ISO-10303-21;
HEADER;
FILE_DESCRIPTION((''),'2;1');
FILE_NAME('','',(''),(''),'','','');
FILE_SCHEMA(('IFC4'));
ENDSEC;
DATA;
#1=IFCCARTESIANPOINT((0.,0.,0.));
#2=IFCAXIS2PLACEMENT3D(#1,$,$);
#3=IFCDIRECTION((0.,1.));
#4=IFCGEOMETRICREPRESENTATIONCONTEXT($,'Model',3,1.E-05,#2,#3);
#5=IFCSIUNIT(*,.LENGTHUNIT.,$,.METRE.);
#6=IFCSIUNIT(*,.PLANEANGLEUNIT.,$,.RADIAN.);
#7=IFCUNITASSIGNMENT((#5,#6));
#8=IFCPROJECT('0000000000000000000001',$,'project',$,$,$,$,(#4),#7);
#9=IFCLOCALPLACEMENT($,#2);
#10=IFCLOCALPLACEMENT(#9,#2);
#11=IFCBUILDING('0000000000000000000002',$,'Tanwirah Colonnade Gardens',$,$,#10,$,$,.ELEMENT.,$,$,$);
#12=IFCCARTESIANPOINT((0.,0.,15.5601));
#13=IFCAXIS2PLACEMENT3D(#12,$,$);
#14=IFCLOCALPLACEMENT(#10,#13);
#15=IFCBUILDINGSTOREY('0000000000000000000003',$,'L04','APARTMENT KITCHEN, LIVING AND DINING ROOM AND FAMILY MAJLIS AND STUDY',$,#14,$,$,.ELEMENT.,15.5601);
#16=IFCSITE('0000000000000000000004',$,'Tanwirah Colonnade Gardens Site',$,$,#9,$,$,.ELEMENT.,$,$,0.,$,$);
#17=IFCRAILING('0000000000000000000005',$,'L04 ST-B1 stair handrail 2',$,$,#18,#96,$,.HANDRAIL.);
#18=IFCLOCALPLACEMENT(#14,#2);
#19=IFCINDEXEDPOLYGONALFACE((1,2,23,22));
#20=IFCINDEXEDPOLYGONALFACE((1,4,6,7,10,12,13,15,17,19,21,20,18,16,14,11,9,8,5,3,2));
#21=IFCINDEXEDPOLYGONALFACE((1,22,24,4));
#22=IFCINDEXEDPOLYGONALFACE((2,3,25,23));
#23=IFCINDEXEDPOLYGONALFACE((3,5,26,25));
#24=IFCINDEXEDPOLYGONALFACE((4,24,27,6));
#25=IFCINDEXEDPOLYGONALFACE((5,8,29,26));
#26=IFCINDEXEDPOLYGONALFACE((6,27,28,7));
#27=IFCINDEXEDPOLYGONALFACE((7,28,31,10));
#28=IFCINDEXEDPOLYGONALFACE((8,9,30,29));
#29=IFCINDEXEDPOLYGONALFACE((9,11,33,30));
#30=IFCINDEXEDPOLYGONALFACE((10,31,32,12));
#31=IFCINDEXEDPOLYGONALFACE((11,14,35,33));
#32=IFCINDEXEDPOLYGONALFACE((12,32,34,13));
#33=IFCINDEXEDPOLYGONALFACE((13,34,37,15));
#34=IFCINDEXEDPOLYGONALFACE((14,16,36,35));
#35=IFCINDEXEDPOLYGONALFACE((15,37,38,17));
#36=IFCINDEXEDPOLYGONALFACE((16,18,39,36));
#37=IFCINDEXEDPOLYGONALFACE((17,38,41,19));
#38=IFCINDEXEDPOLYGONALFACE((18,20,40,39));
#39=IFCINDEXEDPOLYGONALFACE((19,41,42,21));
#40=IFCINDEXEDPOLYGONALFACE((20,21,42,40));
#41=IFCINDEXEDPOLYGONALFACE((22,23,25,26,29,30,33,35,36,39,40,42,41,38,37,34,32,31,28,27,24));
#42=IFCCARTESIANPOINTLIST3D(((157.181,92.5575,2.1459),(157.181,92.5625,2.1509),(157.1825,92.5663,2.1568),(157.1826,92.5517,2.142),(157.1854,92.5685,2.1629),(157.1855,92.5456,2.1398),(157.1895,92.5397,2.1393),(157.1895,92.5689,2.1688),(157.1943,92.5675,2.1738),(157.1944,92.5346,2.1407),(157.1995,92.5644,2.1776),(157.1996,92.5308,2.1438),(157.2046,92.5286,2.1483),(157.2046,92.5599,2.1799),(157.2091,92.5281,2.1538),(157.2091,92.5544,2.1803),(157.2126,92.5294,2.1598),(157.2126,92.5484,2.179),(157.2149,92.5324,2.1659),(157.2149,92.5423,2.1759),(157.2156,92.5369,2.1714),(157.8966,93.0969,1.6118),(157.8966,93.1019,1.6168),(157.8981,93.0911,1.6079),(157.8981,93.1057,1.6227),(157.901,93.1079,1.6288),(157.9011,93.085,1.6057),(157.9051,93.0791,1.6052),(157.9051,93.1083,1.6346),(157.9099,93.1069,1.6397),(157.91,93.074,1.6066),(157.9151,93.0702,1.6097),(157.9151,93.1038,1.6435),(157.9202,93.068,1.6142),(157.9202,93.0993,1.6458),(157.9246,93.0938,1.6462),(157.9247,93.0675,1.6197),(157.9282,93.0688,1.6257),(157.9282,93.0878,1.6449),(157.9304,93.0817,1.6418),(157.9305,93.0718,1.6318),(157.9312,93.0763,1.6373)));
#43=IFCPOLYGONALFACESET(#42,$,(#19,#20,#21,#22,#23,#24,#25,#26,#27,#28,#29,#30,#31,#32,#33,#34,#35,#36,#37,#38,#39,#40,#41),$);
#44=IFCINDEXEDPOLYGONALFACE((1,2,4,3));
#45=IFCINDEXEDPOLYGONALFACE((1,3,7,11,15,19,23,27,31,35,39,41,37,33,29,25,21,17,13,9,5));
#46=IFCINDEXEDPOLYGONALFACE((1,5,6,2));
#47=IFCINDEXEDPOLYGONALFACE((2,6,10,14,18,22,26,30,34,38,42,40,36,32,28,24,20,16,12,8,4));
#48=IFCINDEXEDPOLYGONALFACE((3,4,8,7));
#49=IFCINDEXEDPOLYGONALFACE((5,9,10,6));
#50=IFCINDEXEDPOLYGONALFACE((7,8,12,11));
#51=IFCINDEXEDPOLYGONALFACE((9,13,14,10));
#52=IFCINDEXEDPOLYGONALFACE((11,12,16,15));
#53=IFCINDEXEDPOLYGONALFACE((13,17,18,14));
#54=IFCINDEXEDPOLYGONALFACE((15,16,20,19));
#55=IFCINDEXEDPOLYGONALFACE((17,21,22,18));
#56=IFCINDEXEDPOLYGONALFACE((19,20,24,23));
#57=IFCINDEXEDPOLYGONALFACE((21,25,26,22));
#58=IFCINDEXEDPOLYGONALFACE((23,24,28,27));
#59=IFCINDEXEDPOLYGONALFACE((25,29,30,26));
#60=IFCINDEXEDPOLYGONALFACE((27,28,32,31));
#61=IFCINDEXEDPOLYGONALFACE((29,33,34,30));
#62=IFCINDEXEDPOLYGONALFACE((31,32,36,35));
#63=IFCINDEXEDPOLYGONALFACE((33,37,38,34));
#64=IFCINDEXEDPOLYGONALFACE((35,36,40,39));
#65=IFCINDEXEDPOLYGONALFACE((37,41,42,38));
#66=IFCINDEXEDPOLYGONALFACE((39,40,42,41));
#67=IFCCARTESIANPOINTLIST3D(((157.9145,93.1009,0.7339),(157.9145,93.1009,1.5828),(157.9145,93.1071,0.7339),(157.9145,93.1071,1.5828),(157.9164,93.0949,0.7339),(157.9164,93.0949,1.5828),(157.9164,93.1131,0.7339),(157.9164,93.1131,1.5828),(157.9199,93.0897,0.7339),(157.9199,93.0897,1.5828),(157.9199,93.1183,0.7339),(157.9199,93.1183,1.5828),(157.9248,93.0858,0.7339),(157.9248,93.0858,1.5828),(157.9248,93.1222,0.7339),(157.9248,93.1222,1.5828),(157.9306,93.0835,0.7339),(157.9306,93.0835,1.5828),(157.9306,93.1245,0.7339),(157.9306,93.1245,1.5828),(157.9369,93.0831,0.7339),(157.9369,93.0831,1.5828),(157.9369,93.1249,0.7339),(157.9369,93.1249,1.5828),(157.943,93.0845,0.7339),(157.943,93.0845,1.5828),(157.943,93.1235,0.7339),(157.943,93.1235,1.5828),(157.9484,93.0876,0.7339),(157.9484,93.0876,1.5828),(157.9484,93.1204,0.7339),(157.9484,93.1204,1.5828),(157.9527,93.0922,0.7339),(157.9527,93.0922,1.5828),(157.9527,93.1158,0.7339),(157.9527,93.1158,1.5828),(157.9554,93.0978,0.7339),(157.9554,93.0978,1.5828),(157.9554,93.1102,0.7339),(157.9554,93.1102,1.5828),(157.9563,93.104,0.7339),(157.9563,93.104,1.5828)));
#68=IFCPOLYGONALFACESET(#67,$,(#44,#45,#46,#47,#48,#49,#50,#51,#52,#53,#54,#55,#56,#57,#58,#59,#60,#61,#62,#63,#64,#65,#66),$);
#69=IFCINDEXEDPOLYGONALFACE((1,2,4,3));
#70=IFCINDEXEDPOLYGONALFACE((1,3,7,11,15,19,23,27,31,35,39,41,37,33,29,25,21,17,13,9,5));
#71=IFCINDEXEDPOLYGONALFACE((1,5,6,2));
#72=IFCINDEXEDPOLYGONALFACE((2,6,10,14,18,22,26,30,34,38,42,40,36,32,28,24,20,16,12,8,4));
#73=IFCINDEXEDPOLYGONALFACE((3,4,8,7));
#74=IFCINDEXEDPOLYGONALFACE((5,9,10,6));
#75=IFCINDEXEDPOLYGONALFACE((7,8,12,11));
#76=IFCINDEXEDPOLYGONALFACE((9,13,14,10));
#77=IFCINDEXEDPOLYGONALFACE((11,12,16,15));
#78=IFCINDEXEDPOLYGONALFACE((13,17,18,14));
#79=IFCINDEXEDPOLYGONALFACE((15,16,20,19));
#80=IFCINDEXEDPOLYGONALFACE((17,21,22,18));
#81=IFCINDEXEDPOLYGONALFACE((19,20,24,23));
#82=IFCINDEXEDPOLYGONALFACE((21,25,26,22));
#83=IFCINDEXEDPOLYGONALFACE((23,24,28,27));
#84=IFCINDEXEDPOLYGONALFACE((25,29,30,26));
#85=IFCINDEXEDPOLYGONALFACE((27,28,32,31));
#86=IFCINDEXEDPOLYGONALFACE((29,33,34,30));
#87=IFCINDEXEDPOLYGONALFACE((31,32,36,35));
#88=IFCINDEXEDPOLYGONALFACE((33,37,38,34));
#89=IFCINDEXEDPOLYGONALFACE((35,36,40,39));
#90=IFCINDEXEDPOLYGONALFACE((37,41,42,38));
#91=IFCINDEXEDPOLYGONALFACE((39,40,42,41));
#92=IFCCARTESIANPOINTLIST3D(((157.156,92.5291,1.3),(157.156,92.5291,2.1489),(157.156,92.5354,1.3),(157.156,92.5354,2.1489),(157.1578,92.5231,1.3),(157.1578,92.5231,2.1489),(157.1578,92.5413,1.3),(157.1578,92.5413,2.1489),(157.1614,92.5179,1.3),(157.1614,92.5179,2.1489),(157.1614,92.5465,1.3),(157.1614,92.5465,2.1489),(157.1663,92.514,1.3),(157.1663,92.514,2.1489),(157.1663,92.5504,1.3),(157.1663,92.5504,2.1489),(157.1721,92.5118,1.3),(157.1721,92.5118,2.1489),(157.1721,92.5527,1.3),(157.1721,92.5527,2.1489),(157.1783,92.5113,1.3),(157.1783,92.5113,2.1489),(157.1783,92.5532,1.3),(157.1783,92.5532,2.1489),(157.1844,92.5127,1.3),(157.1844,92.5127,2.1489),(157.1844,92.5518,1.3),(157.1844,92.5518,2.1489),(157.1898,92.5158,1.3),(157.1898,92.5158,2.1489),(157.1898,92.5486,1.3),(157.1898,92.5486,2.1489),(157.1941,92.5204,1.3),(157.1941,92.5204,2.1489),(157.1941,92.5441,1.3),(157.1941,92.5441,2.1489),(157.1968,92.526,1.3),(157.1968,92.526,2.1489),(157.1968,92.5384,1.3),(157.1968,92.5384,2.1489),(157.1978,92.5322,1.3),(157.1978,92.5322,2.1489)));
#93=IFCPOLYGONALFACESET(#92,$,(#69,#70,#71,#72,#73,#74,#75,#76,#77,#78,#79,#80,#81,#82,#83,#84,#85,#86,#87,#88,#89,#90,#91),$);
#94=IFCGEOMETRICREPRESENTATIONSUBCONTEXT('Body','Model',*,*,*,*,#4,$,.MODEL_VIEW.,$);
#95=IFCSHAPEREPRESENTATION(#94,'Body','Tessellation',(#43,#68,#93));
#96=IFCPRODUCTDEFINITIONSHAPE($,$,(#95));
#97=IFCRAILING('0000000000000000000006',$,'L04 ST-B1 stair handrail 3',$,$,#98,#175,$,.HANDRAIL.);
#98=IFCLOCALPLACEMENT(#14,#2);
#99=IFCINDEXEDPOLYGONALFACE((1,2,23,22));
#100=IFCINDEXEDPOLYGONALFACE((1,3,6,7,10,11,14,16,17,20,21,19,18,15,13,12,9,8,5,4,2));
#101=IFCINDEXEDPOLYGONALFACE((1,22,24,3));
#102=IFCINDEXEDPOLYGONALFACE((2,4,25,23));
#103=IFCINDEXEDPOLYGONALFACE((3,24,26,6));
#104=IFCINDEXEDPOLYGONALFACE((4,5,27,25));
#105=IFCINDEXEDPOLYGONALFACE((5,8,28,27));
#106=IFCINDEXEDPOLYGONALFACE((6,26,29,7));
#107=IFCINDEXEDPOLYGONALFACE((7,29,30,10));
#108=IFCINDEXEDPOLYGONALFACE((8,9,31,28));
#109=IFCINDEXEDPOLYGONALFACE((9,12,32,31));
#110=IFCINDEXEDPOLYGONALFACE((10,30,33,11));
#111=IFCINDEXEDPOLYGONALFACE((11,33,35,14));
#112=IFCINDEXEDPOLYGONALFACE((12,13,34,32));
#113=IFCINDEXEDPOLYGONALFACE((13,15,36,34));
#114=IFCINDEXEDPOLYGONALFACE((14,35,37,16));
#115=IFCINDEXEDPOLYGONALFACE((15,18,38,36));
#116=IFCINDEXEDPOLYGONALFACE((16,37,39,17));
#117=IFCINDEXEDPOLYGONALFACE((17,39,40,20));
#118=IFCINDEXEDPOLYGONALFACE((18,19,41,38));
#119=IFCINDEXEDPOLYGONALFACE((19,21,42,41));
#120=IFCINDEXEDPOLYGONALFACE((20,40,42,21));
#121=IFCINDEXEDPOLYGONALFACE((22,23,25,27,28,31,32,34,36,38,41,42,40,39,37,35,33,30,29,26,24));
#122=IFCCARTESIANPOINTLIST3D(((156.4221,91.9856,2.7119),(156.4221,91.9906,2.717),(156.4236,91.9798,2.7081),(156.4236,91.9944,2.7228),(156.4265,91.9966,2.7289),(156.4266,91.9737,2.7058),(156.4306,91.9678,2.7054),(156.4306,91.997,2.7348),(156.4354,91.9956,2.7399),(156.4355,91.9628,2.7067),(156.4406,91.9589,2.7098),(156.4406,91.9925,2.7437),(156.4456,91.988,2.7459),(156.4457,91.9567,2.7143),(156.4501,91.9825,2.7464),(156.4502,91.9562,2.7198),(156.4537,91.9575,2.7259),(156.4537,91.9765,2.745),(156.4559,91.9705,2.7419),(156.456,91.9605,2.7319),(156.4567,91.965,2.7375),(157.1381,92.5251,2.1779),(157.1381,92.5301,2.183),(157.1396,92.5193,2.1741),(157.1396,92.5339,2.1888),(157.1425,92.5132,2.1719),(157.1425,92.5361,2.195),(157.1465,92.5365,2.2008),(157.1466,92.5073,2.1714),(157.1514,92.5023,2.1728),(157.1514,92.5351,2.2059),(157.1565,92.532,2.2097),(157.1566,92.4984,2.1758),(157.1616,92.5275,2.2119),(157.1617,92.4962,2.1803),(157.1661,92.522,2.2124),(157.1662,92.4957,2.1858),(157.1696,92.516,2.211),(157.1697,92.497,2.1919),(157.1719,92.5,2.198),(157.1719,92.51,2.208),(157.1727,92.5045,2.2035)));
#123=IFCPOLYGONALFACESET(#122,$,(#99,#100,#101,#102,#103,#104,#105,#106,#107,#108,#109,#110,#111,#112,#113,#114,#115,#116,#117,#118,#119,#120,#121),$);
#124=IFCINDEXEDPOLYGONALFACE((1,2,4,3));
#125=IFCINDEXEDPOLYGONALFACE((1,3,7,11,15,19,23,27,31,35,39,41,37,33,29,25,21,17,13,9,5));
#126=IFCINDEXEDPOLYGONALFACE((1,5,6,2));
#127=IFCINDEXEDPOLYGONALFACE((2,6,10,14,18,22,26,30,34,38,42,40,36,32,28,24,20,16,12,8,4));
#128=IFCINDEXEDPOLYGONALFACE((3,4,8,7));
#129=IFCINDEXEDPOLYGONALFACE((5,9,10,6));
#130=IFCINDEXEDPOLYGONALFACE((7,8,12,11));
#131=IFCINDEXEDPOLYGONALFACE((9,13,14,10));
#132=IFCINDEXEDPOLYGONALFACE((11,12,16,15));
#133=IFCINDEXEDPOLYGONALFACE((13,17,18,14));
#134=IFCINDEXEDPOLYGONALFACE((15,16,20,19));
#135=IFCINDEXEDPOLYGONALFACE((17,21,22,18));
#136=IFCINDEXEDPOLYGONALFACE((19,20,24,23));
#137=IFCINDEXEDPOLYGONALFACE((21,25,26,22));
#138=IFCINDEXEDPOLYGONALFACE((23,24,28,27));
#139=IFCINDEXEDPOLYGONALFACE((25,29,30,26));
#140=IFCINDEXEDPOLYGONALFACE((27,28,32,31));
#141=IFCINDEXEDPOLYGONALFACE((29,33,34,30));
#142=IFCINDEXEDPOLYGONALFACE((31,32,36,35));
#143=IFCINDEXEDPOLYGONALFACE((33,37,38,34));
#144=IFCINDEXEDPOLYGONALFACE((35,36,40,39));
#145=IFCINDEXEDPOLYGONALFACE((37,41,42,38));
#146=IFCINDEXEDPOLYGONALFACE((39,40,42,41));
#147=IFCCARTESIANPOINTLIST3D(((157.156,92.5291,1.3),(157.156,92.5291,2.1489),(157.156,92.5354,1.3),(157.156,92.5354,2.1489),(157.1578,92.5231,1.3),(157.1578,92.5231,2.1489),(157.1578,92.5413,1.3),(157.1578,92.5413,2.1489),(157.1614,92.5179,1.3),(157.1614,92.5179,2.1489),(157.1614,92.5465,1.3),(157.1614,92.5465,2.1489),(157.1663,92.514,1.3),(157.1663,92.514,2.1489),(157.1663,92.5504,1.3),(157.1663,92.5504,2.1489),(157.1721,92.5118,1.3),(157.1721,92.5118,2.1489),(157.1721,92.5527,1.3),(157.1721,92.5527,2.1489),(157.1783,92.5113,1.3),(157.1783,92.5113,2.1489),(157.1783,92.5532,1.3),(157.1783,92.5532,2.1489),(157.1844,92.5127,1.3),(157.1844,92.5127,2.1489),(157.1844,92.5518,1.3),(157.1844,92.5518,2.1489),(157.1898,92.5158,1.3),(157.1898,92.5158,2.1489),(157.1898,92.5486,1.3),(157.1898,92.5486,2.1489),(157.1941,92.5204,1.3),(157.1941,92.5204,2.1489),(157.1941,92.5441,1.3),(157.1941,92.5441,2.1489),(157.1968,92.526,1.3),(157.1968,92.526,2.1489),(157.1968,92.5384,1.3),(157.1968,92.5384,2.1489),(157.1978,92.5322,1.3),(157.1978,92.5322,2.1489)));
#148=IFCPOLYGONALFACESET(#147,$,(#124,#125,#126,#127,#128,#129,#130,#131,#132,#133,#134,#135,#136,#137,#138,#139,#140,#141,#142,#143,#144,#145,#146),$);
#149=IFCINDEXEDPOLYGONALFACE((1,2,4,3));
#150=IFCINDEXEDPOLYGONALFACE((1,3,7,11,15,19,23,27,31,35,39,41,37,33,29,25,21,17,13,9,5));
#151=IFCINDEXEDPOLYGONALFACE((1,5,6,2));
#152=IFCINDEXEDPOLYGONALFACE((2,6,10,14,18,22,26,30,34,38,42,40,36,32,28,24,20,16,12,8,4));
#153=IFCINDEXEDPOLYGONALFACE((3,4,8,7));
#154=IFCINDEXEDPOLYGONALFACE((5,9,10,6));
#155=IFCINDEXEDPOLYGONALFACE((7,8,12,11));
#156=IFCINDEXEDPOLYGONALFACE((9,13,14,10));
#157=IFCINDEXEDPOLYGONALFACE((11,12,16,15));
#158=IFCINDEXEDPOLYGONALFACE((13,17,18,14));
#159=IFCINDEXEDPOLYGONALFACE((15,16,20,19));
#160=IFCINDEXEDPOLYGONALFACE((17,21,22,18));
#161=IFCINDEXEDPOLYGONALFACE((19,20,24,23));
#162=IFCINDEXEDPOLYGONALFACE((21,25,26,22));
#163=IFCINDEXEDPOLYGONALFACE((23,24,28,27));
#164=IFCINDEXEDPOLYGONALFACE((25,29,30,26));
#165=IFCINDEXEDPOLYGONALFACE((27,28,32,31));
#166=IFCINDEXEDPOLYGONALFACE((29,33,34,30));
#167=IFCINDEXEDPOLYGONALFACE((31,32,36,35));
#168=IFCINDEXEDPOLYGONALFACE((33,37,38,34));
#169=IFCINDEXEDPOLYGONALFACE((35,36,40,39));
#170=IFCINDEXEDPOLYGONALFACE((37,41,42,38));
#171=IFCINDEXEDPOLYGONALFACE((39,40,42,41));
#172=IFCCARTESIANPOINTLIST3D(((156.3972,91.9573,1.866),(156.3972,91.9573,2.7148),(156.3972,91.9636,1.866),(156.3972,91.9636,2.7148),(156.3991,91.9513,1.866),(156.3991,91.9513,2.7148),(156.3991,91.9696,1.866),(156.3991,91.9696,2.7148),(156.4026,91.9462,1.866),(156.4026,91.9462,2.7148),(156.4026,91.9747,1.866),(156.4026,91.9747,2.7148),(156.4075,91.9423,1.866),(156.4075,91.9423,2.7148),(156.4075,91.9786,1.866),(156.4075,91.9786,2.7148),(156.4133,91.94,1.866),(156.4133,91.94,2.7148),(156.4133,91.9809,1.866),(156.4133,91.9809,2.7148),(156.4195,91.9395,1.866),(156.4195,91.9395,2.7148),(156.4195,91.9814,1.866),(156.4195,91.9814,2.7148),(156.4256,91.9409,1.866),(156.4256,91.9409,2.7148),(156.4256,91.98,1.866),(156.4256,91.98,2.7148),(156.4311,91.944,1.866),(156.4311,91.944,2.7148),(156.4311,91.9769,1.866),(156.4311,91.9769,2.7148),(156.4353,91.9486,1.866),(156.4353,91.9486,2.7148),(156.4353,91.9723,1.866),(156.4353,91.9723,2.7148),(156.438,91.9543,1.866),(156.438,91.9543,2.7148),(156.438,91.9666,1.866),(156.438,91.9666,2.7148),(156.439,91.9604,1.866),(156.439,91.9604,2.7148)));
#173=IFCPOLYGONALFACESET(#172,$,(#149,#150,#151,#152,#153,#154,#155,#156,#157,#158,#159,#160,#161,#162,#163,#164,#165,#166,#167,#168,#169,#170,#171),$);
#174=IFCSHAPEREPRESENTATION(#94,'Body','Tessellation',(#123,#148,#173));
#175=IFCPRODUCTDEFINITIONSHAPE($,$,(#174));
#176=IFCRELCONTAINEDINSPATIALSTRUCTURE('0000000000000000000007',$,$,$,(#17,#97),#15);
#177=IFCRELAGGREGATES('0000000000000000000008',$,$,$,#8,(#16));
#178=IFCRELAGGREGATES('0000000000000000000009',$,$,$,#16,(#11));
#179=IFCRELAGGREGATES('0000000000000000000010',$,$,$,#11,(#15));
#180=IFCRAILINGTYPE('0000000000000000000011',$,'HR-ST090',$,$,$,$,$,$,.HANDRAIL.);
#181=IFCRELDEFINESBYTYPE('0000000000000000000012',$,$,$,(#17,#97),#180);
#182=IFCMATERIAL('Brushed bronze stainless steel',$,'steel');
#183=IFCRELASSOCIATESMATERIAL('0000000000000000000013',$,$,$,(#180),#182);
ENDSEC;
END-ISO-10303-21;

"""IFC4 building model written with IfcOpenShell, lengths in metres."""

from ifc_helpers import new_model, si_unit, direction, frame, origin, origin_2d, place, context, subcontext, project, spatial, circle, extrude, material, type_object, element, save


model = new_model("IFC4")

# Units and contexts
model_context = context("Model", 3, precision=1e-05, world=origin(), true_north=direction((0.0, 1.0)))
body_context = subcontext(model_context, "Body", "Model", "MODEL_VIEW")
ifc_project = project(units=[si_unit("LENGTHUNIT", "METRE"), si_unit("PLANEANGLEUNIT", "RADIAN")], contexts=[model_context])

# Site, building, storey
site_placement = place(None, origin())
site = spatial("IfcSite", under=ifc_project, at=site_placement, Name="Tanwirah Colonnade Gardens Site", CompositionType="ELEMENT", RefElevation=0.0)
building_placement = place(site_placement, origin())
building = spatial("IfcBuilding", under=site, at=building_placement, Name="Tanwirah Colonnade Gardens", CompositionType="ELEMENT")
storey_placement = place(building_placement, frame((0.0, 0.0, 15.5601)))
storey = spatial("IfcBuildingStorey", under=building, at=storey_placement, Name="L04", Description="APARTMENT KITCHEN, LIVING AND DINING ROOM AND FAMILY MAJLIS AND STUDY", CompositionType="ELEMENT", Elevation=15.5601)

# Railings
ifc_material_1 = material(Name="Brushed bronze stainless steel", Category="steel")
railing_type_1 = type_object("IfcRailingType", Name="HR-ST090", PredefinedType="HANDRAIL", material=ifc_material_1)
railing_1_placement = place(storey_placement, frame((157.9353, 93.104, 0.7339)))
element("IfcRailing", 1, at=railing_1_placement, inside=storey, type_object=railing_type_1, Name="L04 ST-B1 stair handrail 2", PredefinedType="HANDRAIL", context=body_context, shape_type="SweptSolid", body=[
    extrude(circle(Radius=0.0239, at=origin_2d()), frame((-0.0215, -0.0161, 0.8918), z_axis=(-0.685951, -0.517057, 0.511979), x_axis=(0.601931, -0.798548, 0.0)), (0.0, 0.0, 1.0), 1.0432),
    extrude(circle(Radius=0.021, at=origin_2d()), origin(), (0.0, 0.0, 1.0), 0.8489),
    extrude(circle(Radius=0.021, at=origin_2d()), frame((-0.7585, -0.5718, 0.5662)), (0.0, 0.0, 1.0), 0.8489),
])
railing_2_placement = place(storey_placement, frame((157.1768, 92.5322, 1.3)))
element("IfcRailing", 2, at=railing_2_placement, inside=storey, type_object=railing_type_1, Name="L04 ST-B1 stair handrail 3", PredefinedType="HANDRAIL", context=body_context, shape_type="SweptSolid", body=[
    extrude(circle(Radius=0.0239, at=origin_2d()), frame((-0.0215, -0.0161, 0.8918), z_axis=(-0.686145, -0.517037, 0.511739), x_axis=(0.601807, -0.798641, 0.0)), (0.0, 0.0, 1.0), 1.0435),
    extrude(circle(Radius=0.021, at=origin_2d()), origin(), (0.0, 0.0, 1.0), 0.8489),
    extrude(circle(Radius=0.021, at=origin_2d()), frame((-0.7588, -0.5718, 0.5659)), (0.0, 0.0, 1.0), 0.8489),
])

save(model, "model.ifc")
